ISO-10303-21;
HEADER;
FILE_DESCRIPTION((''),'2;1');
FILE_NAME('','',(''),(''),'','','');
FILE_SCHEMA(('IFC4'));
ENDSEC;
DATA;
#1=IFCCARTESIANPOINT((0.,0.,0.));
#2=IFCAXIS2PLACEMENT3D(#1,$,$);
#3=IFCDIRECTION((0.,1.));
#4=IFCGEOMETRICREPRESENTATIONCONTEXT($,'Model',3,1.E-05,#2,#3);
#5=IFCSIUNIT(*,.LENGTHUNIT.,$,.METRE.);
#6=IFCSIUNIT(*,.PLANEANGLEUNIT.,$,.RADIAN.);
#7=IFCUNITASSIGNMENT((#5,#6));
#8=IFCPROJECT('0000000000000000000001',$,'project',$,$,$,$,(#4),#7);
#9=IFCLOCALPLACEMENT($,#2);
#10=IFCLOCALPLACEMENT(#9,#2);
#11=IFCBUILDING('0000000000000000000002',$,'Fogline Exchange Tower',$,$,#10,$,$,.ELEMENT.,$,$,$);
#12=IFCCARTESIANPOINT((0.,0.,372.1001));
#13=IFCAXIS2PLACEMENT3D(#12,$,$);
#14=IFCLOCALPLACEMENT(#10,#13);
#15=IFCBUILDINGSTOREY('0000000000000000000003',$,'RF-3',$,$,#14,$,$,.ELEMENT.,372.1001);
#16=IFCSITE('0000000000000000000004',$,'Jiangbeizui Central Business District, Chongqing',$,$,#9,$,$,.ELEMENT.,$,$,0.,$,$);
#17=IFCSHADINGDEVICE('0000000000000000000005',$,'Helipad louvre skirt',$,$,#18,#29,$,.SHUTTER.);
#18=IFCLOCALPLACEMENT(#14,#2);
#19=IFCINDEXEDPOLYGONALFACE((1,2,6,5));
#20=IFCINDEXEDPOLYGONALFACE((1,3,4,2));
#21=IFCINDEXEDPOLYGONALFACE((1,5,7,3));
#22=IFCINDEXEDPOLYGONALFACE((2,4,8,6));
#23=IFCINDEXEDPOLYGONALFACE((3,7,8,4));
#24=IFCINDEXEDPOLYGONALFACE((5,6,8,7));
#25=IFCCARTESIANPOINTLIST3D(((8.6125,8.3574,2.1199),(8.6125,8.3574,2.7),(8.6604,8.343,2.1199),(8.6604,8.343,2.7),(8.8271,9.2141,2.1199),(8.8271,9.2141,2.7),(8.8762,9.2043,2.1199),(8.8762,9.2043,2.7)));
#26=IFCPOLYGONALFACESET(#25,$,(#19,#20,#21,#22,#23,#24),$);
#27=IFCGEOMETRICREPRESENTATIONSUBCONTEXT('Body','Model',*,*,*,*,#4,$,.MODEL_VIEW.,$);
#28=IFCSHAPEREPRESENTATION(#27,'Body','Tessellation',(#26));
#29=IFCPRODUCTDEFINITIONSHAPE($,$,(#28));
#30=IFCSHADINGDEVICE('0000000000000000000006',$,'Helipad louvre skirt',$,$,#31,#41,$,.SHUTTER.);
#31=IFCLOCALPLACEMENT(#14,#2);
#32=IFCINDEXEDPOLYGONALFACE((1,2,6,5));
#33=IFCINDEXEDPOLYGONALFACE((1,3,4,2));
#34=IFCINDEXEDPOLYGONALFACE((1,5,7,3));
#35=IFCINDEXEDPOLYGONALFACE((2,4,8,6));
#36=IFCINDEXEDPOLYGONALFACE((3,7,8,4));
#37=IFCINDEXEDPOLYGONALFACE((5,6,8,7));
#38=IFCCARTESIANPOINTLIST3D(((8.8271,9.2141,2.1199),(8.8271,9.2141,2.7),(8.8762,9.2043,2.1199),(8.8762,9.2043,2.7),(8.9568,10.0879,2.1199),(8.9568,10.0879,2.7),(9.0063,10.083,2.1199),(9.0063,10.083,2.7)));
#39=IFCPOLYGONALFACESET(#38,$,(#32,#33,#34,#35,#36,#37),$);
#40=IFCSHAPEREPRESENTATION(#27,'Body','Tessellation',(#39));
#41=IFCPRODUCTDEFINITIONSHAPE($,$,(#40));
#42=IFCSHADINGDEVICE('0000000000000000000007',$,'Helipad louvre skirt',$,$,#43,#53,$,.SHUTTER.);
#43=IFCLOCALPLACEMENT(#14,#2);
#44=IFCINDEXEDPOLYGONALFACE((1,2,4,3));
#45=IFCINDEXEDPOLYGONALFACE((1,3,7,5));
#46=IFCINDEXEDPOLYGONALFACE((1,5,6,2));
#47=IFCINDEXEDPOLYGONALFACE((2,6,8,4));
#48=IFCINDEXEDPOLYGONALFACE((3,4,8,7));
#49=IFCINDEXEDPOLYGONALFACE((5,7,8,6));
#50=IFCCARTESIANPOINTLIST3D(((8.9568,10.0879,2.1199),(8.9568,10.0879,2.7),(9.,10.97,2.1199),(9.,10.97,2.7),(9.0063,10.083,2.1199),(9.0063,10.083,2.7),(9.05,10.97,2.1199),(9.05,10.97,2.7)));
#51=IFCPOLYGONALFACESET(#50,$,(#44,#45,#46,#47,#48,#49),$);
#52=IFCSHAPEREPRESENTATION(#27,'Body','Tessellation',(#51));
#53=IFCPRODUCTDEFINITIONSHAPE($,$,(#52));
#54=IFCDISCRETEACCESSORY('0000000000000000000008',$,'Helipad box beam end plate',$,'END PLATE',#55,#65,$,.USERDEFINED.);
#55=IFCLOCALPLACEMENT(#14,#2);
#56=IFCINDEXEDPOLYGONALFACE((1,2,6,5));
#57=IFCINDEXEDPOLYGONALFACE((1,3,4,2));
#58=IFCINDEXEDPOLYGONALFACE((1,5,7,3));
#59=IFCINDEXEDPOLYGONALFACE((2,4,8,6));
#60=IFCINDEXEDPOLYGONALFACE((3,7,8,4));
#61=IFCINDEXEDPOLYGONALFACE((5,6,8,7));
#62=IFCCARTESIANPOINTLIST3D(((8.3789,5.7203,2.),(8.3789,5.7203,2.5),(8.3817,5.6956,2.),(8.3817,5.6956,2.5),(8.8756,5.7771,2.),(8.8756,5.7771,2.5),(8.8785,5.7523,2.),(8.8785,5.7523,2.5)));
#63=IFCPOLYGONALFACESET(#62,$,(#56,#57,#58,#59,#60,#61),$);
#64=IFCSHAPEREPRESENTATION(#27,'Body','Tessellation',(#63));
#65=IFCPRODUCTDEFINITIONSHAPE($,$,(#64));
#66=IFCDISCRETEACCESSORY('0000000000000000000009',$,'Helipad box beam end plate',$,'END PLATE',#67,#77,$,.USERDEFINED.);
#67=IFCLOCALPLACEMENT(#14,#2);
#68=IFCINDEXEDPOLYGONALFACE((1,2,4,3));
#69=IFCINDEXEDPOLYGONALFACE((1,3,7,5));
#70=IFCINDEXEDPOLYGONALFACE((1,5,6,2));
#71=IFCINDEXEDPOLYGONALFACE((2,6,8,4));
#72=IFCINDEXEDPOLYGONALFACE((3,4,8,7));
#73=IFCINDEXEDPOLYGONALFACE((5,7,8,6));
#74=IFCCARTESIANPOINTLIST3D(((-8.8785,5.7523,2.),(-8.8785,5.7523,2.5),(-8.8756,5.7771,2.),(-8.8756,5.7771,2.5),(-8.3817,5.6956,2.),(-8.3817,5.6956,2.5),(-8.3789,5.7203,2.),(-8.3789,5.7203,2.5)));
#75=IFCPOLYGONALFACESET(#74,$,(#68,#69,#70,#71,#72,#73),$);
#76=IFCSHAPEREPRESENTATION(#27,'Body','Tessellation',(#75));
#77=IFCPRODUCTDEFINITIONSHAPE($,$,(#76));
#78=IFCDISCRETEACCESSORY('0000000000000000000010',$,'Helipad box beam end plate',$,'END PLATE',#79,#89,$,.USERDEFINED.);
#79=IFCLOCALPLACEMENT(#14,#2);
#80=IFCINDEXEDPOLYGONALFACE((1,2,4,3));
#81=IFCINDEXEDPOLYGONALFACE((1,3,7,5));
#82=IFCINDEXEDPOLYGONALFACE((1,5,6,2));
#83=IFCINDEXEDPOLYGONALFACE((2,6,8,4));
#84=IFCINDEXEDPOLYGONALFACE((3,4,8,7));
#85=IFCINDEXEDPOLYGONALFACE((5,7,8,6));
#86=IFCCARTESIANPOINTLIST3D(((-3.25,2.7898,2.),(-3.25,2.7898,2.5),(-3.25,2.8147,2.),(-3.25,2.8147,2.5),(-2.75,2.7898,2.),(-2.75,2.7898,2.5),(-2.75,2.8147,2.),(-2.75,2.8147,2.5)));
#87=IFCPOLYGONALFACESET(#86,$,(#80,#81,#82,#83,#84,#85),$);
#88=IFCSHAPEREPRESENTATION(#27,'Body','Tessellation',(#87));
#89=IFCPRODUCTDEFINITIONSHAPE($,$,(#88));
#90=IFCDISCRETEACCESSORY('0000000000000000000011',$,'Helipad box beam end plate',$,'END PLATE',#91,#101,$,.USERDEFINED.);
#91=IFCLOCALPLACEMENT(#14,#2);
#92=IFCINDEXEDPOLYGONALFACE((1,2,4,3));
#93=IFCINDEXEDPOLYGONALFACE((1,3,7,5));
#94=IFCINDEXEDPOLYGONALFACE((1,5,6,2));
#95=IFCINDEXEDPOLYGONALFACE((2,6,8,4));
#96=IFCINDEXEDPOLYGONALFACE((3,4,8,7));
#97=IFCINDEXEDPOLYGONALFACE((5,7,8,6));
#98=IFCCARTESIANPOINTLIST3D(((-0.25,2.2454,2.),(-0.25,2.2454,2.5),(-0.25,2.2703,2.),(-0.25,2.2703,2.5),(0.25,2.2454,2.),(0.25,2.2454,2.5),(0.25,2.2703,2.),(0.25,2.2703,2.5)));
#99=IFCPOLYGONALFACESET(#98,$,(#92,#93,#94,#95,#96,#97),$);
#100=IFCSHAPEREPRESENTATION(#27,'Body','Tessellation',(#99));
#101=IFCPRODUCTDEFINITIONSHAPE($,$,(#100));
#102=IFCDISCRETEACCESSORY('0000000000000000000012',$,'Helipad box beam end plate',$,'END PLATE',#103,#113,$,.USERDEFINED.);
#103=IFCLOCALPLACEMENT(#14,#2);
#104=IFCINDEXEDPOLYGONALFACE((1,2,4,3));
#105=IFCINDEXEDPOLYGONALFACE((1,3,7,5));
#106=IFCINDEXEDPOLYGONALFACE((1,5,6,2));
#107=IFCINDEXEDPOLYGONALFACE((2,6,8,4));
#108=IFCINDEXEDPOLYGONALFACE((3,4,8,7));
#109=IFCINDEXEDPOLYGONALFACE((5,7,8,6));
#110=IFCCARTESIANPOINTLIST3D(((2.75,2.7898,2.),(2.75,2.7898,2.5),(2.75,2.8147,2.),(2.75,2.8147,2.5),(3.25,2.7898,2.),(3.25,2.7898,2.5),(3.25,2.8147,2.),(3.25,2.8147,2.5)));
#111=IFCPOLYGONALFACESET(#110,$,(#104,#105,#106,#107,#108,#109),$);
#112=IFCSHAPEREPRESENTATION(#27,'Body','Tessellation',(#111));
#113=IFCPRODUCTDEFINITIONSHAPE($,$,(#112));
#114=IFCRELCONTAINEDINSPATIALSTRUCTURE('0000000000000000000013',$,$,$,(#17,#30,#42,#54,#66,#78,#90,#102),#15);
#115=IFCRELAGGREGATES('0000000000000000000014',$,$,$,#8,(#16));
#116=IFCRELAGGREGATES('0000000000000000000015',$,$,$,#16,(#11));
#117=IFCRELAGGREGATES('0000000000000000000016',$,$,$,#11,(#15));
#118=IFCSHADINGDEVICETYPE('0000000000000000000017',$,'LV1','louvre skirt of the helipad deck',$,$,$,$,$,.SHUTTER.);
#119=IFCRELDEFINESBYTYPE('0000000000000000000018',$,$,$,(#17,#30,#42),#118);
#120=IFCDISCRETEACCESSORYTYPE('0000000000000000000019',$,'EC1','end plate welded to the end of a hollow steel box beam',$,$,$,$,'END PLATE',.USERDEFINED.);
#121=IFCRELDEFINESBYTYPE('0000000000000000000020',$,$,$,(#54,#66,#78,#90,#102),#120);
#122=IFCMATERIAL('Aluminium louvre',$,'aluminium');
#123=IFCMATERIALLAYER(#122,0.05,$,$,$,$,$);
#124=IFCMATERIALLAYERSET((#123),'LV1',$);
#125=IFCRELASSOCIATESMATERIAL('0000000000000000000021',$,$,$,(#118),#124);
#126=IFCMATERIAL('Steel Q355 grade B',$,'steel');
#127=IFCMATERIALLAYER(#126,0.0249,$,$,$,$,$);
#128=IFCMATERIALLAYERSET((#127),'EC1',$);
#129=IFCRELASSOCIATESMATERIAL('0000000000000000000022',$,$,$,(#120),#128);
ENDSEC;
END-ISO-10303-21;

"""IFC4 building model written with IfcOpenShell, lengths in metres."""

from ifc_helpers import new_model, si_unit, direction, frame, origin, origin_2d, place, context, subcontext, project, spatial, polyline, rectangle, outline, extrude, material, layer, layer_set, type_object, element, save


model = new_model("IFC4")

# Units and contexts
model_context = context("Model", 3, precision=1e-05, world=origin(), true_north=direction((0.0, 1.0)))
body_context = subcontext(model_context, "Body", "Model", "MODEL_VIEW")
ifc_project = project(units=[si_unit("LENGTHUNIT", "METRE"), si_unit("PLANEANGLEUNIT", "RADIAN")], contexts=[model_context])

# Site, building, storey
site_placement = place(None, origin())
site = spatial("IfcSite", under=ifc_project, at=site_placement, Name="Jiangbeizui Central Business District, Chongqing", CompositionType="ELEMENT", RefElevation=0.0)
building_placement = place(site_placement, origin())
building = spatial("IfcBuilding", under=site, at=building_placement, Name="Fogline Exchange Tower", CompositionType="ELEMENT")
storey_placement = place(building_placement, frame((0.0, 0.0, 372.1001)))
storey = spatial("IfcBuildingStorey", under=building, at=storey_placement, Name="RF-3", CompositionType="ELEMENT", Elevation=372.1001)

# Shared definitions
ifc_material_1 = material(Name="Steel Q355 grade B", Category="steel")

# Shading devices
ifc_material_2 = material(Name="Aluminium louvre", Category="aluminium")
ifc_layer_1 = layer(ifc_material_2, 0.05)
ifc_layer_set_1 = layer_set([ifc_layer_1], Name="LV1")
shading_device_type = type_object("IfcShadingDeviceType", Name="LV1", Description="louvre skirt of the helipad deck", PredefinedType="SHUTTER", material=ifc_layer_set_1)
shading_device_1_placement = place(storey_placement, frame((0.0, 0.0, 2.1199)))
element("IfcShadingDevice", 1, at=shading_device_1_placement, inside=storey, type_object=shading_device_type, Name="Helipad louvre skirt", PredefinedType="SHUTTER", context=body_context, shape_type="SweptSolid", body=[
    extrude(outline(polyline([(8.6125, 8.3574), (8.6604, 8.343), (8.8762, 9.2043), (8.8271, 9.2141), (8.6125, 8.3574)])), origin(), (0.0, 0.0, 1.0), 0.5801),
])
shading_device_2_placement = place(storey_placement, frame((0.0, 0.0, 2.1199)))
element("IfcShadingDevice", 2, at=shading_device_2_placement, inside=storey, type_object=shading_device_type, Name="Helipad louvre skirt", PredefinedType="SHUTTER", context=body_context, shape_type="SweptSolid", body=[
    extrude(outline(polyline([(8.8271, 9.2141), (8.8762, 9.2043), (9.0063, 10.083), (8.9568, 10.0879), (8.8271, 9.2141)])), origin(), (0.0, 0.0, 1.0), 0.5801),
])
shading_device_3_placement = place(storey_placement, frame((0.0, 0.0, 2.1199)))
element("IfcShadingDevice", 3, at=shading_device_3_placement, inside=storey, type_object=shading_device_type, Name="Helipad louvre skirt", PredefinedType="SHUTTER", context=body_context, shape_type="SweptSolid", body=[
    extrude(outline(polyline([(8.9568, 10.0879), (9.0063, 10.083), (9.05, 10.97), (9.0, 10.97), (8.9568, 10.0879)])), origin(), (0.0, 0.0, 1.0), 0.5801),
])

# Discrete accessories
ifc_layer_2 = layer(ifc_material_1, 0.0249)
ifc_layer_set_2 = layer_set([ifc_layer_2], Name="EC1")
discrete_accessory_type = type_object("IfcDiscreteAccessoryType", Name="EC1", Description="end plate welded to the end of a hollow steel box beam", ElementType="END PLATE", PredefinedType="USERDEFINED", material=ifc_layer_set_2)
for number, where, z_axis, x_axis, name in (
    (4, (8.6287, 5.7363, 2.0), (0.0, 0.0, 1.0), (0.113418, -0.993547, 0.0), "Helipad box beam end plate"),
    (5, (-8.6287, 5.7363, 2.0), (0.0, 0.0, 1.0), (-0.113418, -0.993547, 0.0), "Helipad box beam end plate"),
    (6, (-3.0, 2.8022, 2.0), (0.0, 0.0, 1.0), (0.0, -1.0, 0.0), "Helipad box beam end plate"),
    (7, (0.0, 2.2578, 2.0), (0.0, 0.0, 1.0), (0.0, -1.0, 0.0), "Helipad box beam end plate"),
    (8, (3.0, 2.8022, 2.0), (0.0, 0.0, 1.0), (0.0, -1.0, 0.0), "Helipad box beam end plate"),
):
    element("IfcDiscreteAccessory", number, at=place(storey_placement, frame(where, z_axis=z_axis, x_axis=x_axis)), inside=storey, type_object=discrete_accessory_type, Name=name, ObjectType="END PLATE", PredefinedType="USERDEFINED", context=body_context, shape_type="SweptSolid", body=[
        extrude(rectangle(XDim=0.0249, YDim=0.5, at=origin_2d()), origin(), (0.0, 0.0, 1.0), 0.5),
    ])

save(model, "model.ifc")
